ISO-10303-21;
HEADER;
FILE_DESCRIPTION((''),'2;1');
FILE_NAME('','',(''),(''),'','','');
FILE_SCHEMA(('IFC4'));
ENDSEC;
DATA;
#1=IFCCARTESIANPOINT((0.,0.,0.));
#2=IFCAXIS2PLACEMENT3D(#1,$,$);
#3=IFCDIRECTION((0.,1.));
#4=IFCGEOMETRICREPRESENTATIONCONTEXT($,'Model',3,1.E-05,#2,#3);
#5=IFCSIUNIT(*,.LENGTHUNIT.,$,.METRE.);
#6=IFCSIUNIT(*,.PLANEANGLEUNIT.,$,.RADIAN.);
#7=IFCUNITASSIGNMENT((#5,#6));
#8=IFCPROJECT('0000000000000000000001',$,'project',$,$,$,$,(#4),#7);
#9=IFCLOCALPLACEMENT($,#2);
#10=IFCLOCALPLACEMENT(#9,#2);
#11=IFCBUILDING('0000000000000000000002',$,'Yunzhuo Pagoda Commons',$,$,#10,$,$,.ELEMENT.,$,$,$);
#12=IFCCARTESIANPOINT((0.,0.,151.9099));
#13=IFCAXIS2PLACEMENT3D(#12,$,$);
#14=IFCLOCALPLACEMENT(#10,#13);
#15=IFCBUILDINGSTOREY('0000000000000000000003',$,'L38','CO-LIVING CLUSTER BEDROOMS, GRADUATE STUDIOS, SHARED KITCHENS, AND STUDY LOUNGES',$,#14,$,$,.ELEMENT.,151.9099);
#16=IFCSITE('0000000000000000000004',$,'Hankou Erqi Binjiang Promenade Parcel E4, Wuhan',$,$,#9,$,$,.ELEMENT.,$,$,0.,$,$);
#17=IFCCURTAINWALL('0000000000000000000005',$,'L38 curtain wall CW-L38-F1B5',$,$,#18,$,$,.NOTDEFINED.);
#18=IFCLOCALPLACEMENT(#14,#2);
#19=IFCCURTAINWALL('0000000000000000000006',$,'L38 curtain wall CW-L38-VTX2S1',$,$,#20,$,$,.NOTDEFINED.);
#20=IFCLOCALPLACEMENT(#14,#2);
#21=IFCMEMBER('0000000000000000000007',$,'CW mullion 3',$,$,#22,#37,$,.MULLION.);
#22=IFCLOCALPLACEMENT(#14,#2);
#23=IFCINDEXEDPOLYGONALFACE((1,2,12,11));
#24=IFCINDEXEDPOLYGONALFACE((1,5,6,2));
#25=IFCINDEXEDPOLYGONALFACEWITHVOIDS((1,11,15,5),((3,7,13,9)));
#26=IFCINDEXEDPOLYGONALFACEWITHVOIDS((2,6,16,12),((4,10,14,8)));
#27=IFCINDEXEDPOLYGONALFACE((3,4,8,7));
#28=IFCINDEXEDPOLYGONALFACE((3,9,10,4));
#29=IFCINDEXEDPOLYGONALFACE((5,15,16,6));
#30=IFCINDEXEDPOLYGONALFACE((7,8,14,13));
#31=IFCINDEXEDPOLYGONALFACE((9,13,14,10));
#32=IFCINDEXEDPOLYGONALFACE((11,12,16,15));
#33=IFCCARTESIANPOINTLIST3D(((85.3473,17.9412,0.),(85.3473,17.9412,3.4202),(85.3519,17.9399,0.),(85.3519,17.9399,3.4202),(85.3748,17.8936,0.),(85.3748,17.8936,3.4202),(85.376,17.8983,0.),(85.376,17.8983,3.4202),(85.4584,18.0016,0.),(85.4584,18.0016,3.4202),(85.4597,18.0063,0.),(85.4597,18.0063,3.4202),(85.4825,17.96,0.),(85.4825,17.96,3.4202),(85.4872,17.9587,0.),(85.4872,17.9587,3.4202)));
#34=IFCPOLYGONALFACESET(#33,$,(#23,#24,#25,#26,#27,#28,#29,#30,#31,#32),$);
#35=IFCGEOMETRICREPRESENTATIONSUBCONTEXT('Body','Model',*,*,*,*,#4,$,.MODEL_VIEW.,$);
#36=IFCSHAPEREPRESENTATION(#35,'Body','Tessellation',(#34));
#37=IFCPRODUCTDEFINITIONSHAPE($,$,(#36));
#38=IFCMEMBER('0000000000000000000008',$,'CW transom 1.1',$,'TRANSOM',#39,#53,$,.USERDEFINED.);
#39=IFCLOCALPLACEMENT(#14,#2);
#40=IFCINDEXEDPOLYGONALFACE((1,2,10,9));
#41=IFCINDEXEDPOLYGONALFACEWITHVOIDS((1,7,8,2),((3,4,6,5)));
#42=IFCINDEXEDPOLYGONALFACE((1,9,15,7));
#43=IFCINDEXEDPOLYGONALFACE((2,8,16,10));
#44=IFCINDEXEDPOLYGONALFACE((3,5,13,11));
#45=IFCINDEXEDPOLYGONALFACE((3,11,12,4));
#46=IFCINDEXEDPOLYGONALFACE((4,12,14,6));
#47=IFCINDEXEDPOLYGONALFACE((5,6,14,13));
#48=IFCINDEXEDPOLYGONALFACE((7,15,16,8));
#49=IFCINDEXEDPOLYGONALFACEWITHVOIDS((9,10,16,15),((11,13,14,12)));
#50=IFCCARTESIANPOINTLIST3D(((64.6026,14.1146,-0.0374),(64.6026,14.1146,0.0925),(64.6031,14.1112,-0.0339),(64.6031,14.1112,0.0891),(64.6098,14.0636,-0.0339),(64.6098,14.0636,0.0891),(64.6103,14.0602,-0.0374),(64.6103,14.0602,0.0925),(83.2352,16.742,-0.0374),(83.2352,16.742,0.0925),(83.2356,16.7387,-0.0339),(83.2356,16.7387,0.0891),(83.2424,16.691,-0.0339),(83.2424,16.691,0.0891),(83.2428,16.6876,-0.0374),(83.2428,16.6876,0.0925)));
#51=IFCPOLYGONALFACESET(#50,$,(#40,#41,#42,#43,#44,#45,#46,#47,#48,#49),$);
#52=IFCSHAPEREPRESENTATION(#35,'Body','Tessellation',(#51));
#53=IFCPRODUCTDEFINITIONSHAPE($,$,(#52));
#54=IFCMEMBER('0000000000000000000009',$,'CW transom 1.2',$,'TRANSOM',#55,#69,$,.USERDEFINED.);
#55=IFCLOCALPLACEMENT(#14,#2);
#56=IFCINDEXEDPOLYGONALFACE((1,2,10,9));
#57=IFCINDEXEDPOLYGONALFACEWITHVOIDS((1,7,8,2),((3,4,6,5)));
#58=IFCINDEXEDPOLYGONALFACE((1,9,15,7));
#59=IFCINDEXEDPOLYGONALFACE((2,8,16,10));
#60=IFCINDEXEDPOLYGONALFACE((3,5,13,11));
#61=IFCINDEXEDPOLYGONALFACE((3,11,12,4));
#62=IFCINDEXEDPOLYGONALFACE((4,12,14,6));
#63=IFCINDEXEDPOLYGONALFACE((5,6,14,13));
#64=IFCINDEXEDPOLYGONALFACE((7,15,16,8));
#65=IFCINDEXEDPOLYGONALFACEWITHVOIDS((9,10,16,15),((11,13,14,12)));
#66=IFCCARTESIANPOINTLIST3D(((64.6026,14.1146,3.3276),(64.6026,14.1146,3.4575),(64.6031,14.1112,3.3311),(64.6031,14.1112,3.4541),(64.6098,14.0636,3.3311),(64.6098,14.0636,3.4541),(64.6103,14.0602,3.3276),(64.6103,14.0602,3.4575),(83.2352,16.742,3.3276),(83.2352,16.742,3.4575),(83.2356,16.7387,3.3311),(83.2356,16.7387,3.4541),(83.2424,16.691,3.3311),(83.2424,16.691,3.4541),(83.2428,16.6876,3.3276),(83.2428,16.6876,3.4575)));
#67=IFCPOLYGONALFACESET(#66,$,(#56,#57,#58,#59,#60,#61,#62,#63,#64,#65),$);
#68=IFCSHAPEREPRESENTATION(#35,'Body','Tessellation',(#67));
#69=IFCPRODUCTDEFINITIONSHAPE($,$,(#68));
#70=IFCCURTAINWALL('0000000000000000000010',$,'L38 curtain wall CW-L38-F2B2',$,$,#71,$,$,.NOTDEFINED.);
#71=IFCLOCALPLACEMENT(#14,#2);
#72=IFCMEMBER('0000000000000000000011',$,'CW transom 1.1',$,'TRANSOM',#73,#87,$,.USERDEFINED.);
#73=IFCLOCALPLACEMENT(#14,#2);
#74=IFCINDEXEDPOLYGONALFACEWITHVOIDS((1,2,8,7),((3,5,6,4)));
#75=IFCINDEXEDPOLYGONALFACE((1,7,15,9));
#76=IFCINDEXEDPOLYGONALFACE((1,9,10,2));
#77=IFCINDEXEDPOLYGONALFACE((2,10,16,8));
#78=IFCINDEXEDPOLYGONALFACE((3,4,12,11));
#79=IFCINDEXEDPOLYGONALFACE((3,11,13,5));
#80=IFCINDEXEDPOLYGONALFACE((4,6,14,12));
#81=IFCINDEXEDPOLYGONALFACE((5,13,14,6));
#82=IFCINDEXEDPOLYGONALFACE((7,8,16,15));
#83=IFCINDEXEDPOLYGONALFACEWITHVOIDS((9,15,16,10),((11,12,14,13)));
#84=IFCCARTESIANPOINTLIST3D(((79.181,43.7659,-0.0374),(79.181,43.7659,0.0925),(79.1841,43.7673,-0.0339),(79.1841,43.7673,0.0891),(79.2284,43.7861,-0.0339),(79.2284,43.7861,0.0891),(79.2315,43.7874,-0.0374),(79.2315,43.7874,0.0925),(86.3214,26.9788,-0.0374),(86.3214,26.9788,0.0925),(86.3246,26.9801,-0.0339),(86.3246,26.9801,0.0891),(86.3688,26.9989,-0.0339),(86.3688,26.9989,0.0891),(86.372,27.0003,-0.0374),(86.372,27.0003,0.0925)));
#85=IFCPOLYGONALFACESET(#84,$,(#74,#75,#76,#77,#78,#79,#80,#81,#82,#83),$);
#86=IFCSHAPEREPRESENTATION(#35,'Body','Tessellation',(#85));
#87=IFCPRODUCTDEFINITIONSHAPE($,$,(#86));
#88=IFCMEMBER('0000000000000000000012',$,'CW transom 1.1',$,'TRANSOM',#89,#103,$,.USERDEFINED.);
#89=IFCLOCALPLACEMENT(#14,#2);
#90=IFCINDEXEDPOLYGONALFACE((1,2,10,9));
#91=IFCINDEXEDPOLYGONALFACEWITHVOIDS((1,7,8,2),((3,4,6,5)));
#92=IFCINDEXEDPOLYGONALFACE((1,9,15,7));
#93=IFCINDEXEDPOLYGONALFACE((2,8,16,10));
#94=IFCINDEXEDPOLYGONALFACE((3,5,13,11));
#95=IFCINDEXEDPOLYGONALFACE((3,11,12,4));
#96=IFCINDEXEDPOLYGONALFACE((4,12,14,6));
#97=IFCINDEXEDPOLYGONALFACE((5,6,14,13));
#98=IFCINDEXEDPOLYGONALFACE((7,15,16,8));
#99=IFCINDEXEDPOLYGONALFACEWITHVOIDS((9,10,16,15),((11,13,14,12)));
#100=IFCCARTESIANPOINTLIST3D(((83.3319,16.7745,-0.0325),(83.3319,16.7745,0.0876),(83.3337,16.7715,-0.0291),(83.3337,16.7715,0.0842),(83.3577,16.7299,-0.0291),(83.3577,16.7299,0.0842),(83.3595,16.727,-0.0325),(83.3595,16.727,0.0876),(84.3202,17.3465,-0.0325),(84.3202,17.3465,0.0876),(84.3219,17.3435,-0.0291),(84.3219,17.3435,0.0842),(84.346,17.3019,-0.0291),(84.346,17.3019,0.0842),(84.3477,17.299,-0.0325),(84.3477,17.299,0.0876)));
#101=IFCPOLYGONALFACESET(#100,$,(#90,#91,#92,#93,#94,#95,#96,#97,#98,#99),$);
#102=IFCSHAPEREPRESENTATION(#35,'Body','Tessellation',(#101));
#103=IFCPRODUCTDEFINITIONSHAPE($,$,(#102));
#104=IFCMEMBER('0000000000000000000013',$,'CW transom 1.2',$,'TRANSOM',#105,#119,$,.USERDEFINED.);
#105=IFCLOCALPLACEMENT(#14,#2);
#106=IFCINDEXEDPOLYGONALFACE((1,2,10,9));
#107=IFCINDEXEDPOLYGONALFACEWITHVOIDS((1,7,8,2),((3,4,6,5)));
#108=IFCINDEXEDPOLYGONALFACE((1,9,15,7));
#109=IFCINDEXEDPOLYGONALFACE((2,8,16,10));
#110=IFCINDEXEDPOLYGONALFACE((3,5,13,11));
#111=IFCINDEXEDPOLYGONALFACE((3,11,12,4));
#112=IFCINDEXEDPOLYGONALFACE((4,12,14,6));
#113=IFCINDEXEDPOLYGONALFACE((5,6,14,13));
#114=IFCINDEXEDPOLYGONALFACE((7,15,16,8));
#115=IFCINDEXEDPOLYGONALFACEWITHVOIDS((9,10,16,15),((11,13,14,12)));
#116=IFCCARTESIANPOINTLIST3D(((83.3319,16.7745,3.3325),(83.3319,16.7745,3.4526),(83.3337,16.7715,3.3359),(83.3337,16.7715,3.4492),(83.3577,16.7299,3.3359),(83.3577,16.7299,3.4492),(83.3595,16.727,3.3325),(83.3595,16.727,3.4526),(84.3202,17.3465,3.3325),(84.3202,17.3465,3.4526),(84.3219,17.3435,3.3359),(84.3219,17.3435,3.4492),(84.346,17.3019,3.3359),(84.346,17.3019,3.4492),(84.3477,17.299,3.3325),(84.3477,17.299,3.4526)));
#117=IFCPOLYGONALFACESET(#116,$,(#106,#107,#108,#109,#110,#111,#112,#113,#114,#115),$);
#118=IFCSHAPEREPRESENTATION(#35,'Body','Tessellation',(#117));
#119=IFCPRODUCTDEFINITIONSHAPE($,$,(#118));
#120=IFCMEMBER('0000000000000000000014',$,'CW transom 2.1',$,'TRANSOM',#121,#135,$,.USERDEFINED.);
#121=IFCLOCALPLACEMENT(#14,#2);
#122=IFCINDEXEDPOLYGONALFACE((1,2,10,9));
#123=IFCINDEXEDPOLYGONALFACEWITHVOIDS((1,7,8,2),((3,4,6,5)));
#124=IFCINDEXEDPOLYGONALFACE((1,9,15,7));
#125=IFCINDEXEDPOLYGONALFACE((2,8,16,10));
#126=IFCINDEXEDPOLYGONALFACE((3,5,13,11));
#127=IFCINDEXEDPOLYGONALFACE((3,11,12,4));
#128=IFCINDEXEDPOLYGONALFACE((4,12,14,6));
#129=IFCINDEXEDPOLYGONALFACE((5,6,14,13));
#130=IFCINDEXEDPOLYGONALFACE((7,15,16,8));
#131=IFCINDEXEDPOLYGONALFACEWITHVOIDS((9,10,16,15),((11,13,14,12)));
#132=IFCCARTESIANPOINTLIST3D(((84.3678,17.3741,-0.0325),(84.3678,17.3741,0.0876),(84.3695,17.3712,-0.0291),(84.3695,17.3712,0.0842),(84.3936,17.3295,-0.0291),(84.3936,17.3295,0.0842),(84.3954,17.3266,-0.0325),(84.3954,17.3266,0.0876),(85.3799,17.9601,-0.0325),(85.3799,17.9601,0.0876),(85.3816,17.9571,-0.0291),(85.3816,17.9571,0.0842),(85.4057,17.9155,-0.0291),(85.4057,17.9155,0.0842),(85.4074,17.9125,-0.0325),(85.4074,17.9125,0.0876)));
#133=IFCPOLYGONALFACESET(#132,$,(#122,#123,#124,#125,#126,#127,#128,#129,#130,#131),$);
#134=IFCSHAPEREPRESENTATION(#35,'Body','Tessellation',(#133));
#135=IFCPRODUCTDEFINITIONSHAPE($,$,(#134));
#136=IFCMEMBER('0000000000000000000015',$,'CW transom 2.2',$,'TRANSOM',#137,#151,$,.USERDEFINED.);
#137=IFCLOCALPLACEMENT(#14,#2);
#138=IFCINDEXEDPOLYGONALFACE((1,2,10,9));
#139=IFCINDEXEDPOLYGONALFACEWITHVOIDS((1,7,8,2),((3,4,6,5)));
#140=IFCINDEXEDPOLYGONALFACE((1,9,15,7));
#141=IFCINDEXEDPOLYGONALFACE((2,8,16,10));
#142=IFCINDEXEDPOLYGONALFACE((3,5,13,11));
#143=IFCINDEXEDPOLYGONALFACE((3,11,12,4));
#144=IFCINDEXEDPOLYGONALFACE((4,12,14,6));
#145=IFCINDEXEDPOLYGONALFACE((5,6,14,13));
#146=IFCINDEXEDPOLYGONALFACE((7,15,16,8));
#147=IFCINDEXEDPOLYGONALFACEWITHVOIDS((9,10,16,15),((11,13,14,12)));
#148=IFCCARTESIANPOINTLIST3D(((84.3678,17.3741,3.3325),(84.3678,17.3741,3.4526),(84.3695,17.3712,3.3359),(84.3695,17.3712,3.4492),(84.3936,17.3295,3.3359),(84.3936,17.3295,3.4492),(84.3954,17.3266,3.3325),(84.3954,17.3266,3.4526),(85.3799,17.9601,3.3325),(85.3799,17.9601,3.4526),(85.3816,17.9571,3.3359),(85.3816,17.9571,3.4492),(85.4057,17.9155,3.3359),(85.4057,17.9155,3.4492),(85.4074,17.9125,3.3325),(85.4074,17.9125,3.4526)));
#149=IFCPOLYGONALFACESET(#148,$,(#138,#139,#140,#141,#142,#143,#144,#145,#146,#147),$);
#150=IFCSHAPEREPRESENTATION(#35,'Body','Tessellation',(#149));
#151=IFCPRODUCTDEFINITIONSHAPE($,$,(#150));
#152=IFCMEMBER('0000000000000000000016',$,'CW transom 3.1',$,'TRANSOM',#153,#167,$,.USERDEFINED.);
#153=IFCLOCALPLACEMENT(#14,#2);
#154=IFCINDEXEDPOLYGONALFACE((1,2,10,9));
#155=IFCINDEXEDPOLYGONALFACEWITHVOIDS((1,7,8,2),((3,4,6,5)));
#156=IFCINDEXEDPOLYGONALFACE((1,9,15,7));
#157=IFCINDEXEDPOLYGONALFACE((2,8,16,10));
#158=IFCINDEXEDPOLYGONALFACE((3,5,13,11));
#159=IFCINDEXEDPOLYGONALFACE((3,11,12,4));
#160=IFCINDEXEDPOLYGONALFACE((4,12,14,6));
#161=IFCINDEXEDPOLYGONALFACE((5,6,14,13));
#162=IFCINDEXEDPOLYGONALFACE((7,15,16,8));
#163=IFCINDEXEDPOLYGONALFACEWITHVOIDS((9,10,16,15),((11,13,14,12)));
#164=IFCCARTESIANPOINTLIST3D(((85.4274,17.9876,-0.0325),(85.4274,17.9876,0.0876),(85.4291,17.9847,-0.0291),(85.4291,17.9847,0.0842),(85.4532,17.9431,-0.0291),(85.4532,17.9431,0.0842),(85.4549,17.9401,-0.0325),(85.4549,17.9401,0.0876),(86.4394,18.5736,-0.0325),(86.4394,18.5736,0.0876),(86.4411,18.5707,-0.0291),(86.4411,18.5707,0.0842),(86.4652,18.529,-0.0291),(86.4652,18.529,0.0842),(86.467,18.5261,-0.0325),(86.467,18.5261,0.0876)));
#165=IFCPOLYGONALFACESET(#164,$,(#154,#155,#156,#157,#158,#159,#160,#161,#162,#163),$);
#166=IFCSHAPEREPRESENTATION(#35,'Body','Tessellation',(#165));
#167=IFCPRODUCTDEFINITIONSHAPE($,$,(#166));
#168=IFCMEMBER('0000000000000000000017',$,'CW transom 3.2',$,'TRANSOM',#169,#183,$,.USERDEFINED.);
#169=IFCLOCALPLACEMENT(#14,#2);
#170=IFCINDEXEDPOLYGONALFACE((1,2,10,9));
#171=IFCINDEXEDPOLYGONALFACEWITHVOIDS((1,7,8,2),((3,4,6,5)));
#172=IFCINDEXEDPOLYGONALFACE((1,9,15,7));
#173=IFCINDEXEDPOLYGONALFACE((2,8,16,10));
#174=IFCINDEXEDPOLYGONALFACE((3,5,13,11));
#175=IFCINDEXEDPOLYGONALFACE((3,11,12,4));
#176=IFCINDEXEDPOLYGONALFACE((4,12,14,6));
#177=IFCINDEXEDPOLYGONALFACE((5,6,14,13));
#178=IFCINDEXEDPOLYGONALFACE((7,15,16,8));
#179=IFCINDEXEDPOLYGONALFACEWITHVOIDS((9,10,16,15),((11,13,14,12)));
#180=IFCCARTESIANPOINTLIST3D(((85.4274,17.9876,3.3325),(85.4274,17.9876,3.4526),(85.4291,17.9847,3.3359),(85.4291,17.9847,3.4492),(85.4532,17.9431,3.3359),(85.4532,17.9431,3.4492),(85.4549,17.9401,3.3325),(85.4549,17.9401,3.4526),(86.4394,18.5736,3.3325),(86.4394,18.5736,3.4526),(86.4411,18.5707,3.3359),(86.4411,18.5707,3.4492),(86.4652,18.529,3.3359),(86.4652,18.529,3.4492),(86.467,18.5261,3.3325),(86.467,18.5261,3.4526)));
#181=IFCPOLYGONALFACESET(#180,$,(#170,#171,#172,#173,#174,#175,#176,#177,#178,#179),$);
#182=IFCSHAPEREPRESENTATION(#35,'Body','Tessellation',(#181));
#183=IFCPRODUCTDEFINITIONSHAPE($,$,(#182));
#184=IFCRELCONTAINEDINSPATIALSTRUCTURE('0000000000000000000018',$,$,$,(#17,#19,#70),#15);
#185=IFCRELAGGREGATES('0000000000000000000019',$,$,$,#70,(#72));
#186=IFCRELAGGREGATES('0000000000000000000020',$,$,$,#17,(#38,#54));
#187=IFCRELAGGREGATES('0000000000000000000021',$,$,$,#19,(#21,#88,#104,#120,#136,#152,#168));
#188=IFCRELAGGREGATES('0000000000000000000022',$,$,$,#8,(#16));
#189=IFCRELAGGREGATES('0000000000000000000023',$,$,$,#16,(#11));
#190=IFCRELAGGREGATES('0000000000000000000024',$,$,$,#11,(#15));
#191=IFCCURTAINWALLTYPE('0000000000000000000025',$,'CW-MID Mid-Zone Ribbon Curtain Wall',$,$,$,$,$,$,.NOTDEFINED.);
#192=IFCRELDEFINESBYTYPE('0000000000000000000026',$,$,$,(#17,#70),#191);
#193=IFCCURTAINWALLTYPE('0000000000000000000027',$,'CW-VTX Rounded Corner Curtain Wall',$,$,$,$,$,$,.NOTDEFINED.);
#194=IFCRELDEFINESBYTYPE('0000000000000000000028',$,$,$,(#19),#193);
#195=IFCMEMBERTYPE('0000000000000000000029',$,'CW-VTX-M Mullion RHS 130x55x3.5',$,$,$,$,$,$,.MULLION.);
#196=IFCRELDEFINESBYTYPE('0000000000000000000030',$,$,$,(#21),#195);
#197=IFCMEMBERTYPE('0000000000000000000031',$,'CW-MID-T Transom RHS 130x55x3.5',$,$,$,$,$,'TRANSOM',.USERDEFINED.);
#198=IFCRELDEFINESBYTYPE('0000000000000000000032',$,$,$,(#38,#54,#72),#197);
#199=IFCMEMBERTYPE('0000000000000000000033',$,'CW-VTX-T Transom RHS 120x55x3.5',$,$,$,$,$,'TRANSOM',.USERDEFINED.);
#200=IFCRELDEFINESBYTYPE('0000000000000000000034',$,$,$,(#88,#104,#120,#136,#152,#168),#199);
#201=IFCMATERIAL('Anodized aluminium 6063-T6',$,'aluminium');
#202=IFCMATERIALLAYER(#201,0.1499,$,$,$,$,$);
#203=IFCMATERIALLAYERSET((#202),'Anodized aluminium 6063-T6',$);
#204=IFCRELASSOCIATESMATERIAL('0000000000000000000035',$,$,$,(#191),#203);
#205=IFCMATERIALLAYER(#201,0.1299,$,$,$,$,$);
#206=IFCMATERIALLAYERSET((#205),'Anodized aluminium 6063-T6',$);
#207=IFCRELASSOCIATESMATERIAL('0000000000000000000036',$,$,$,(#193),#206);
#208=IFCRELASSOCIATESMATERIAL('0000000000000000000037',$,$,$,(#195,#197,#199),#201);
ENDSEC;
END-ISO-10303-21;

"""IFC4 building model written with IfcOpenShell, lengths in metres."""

from ifc_helpers import new_model, si_unit, direction, frame, origin, origin_2d, place, context, subcontext, project, spatial, hollow_rectangle, extrude, source, transform, mapped, material, layer, layer_set, material_profile, profile_set, type_object, element, aggregate, save


model = new_model("IFC4")

# Units and contexts
model_context = context("Model", 3, precision=1e-05, world=origin(), true_north=direction((0.0, 1.0)))
body_context = subcontext(model_context, "Body", "Model", "MODEL_VIEW")
ifc_project = project(units=[si_unit("LENGTHUNIT", "METRE"), si_unit("PLANEANGLEUNIT", "RADIAN")], contexts=[model_context])

# Site, building, storey
site_placement = place(None, origin())
site = spatial("IfcSite", under=ifc_project, at=site_placement, Name="Hankou Erqi Binjiang Promenade Parcel E4, Wuhan", CompositionType="ELEMENT", RefElevation=0.0)
building_placement = place(site_placement, origin())
building = spatial("IfcBuilding", under=site, at=building_placement, Name="Yunzhuo Pagoda Commons", CompositionType="ELEMENT")
storey_placement = place(building_placement, frame((0.0, 0.0, 151.9099)))
storey = spatial("IfcBuildingStorey", under=building, at=storey_placement, Name="L38", Description="CO-LIVING CLUSTER BEDROOMS, GRADUATE STUDIOS, SHARED KITCHENS, AND STUDY LOUNGES", CompositionType="ELEMENT", Elevation=151.9099)

# Curtain walls, member
ifc_material_1 = material(Name="Anodized aluminium 6063-T6", Category="aluminium")
ifc_layer_1 = layer(ifc_material_1, 0.1499)
ifc_layer_set_1 = layer_set([ifc_layer_1], Name="Anodized aluminium 6063-T6")
curtain_wall_type_1 = type_object("IfcCurtainWallType", Name="CW-MID Mid-Zone Ribbon Curtain Wall", PredefinedType="NOTDEFINED", material=ifc_layer_set_1)
curtain_wall_1_placement = place(storey_placement, origin())
curtain_wall_1 = element("IfcCurtainWall", 1, at=curtain_wall_1_placement, inside=storey, type_object=curtain_wall_type_1, Name="L38 curtain wall CW-L38-F1B5", PredefinedType="NOTDEFINED")
ifc_layer_2 = layer(ifc_material_1, 0.1299)
ifc_layer_set_2 = layer_set([ifc_layer_2], Name="Anodized aluminium 6063-T6")
curtain_wall_type_2 = type_object("IfcCurtainWallType", Name="CW-VTX Rounded Corner Curtain Wall", PredefinedType="NOTDEFINED", material=ifc_layer_set_2)
curtain_wall_2_placement = place(storey_placement, origin())
curtain_wall_2 = element("IfcCurtainWall", 2, at=curtain_wall_2_placement, inside=storey, type_object=curtain_wall_type_2, Name="L38 curtain wall CW-L38-VTX2S1", PredefinedType="NOTDEFINED")
ifc_material_profile_1 = material_profile(ifc_material_1, hollow_rectangle(XDim=0.0549, YDim=0.1299, WallThickness=0.0034, at=origin_2d()), Name="Anodized aluminium 6063-T6")
ifc_profile_set_1 = profile_set([ifc_material_profile_1], Name="Anodized aluminium 6063-T6")
member_type_1 = type_object("IfcMemberType", Name="CW-VTX-M Mullion RHS 130x55x3.5", PredefinedType="MULLION", material=ifc_profile_set_1)
shared_shape_1 = source(origin(), body_context, "Body", "SweptSolid", [
    extrude(hollow_rectangle(XDim=0.0549, YDim=0.1299, WallThickness=0.0034, at=origin_2d()), origin(), (0.0, 0.0, 1.0), 3.4202),
])
member_1_placement = place(storey_placement, frame((85.4172, 17.95, 0.0), z_axis=(0.0, 0.0, 1.0), x_axis=(-0.501035, 0.865427, 0.0)))
member_1 = element("IfcMember", 3, at=member_1_placement, type_object=member_type_1, Name="CW mullion 3", PredefinedType="MULLION", context=body_context, shape_type="MappedRepresentation", body=[
    mapped(shared_shape_1, transform((0.0, 0.0, 0.0), scale=1.0)),
])

# Members
ifc_material_profile_2 = material_profile(ifc_material_1, hollow_rectangle(XDim=0.0549, YDim=0.1299, WallThickness=0.0034, at=origin_2d()), Name="Anodized aluminium 6063-T6")
ifc_profile_set_2 = profile_set([ifc_material_profile_2], Name="Anodized aluminium 6063-T6")
member_type_2 = type_object("IfcMemberType", Name="CW-MID-T Transom RHS 130x55x3.5", ElementType="TRANSOM", PredefinedType="USERDEFINED", material=ifc_profile_set_2)
shared_shape_2 = source(origin(), body_context, "Body", "SweptSolid", [
    extrude(hollow_rectangle(XDim=0.0549, YDim=0.1299, WallThickness=0.0034, at=origin_2d()), origin(), (0.0, 0.0, 1.0), 18.8169),
])
member_2_placement = place(storey_placement, frame((64.6064, 14.0874, 0.0276), z_axis=(0.990203, 0.139632, 0.0), x_axis=(-0.139632, 0.990203, 0.0)))
member_2 = element("IfcMember", 4, at=member_2_placement, type_object=member_type_2, Name="CW transom 1.1", ObjectType="TRANSOM", PredefinedType="USERDEFINED", context=body_context, shape_type="MappedRepresentation", body=[
    mapped(shared_shape_2, transform((0.0, 0.0, 0.0), scale=1.0)),
])
member_3_placement = place(storey_placement, frame((64.6064, 14.0874, 3.3926), z_axis=(0.990203, 0.139632, 0.0), x_axis=(-0.139632, 0.990203, 0.0)))
member_3 = element("IfcMember", 5, at=member_3_placement, type_object=member_type_2, Name="CW transom 1.2", ObjectType="TRANSOM", PredefinedType="USERDEFINED", context=body_context, shape_type="MappedRepresentation", body=[
    mapped(shared_shape_2, transform((0.0, 0.0, 0.0), scale=1.0)),
])

# Curtain wall, member
curtain_wall_3_placement = place(storey_placement, origin())
curtain_wall_3 = element("IfcCurtainWall", 6, at=curtain_wall_3_placement, inside=storey, type_object=curtain_wall_type_1, Name="L38 curtain wall CW-L38-F2B2", PredefinedType="NOTDEFINED")
shared_shape_3 = source(origin(), body_context, "Body", "SweptSolid", [
    extrude(hollow_rectangle(XDim=0.0549, YDim=0.1299, WallThickness=0.0034, at=origin_2d()), origin(), (0.0, 0.0, 1.0), 18.2427),
])
member_4_placement = place(storey_placement, frame((86.3467, 26.9895, 0.0276), z_axis=(-0.391413, 0.920215, 0.0), x_axis=(-0.920215, -0.391413, 0.0)))
member_4 = element("IfcMember", 7, at=member_4_placement, type_object=member_type_2, Name="CW transom 1.1", ObjectType="TRANSOM", PredefinedType="USERDEFINED", context=body_context, shape_type="MappedRepresentation", body=[
    mapped(shared_shape_3, transform((0.0, 0.0, 0.0), scale=1.0)),
])

# Members
ifc_material_profile_3 = material_profile(ifc_material_1, hollow_rectangle(XDim=0.0549, YDim=0.1201, WallThickness=0.0034, at=origin_2d()), Name="Anodized aluminium 6063-T6")
ifc_profile_set_3 = profile_set([ifc_material_profile_3], Name="Anodized aluminium 6063-T6")
member_type_3 = type_object("IfcMemberType", Name="CW-VTX-T Transom RHS 120x55x3.5", ElementType="TRANSOM", PredefinedType="USERDEFINED", material=ifc_profile_set_3)
shared_shape_4 = source(origin(), body_context, "Body", "SweptSolid", [
    extrude(hollow_rectangle(XDim=0.0549, YDim=0.1201, WallThickness=0.0034, at=origin_2d()), origin(), (0.0, 0.0, 1.0), 1.1418),
])
member_5_placement = place(storey_placement, frame((83.3457, 16.7507, 0.0276), z_axis=(0.86548, 0.500944, 0.0), x_axis=(-0.500944, 0.86548, 0.0)))
member_5 = element("IfcMember", 8, at=member_5_placement, type_object=member_type_3, Name="CW transom 1.1", ObjectType="TRANSOM", PredefinedType="USERDEFINED", context=body_context, shape_type="MappedRepresentation", body=[
    mapped(shared_shape_4, transform((0.0, 0.0, 0.0), scale=1.0)),
])
member_6_placement = place(storey_placement, frame((83.3457, 16.7507, 3.3926), z_axis=(0.86548, 0.500944, 0.0), x_axis=(-0.500944, 0.86548, 0.0)))
member_6 = element("IfcMember", 9, at=member_6_placement, type_object=member_type_3, Name="CW transom 1.2", ObjectType="TRANSOM", PredefinedType="USERDEFINED", context=body_context, shape_type="MappedRepresentation", body=[
    mapped(shared_shape_4, transform((0.0, 0.0, 0.0), scale=1.0)),
])
shared_shape_5 = source(origin(), body_context, "Body", "SweptSolid", [
    extrude(hollow_rectangle(XDim=0.0549, YDim=0.1201, WallThickness=0.0034, at=origin_2d()), origin(), (0.0, 0.0, 1.0), 1.1694),
])
member_7_placement = place(storey_placement, frame((84.3816, 17.3503, 0.0276), z_axis=(0.865402, 0.501077, 0.0), x_axis=(-0.501077, 0.865402, 0.0)))
member_7 = element("IfcMember", 10, at=member_7_placement, type_object=member_type_3, Name="CW transom 2.1", ObjectType="TRANSOM", PredefinedType="USERDEFINED", context=body_context, shape_type="MappedRepresentation", body=[
    mapped(shared_shape_5, transform((0.0, 0.0, 0.0), scale=1.0)),
])
member_8_placement = place(storey_placement, frame((84.3816, 17.3503, 3.3926), z_axis=(0.865402, 0.501077, 0.0), x_axis=(-0.501077, 0.865402, 0.0)))
member_8 = element("IfcMember", 11, at=member_8_placement, type_object=member_type_3, Name="CW transom 2.2", ObjectType="TRANSOM", PredefinedType="USERDEFINED", context=body_context, shape_type="MappedRepresentation", body=[
    mapped(shared_shape_5, transform((0.0, 0.0, 0.0), scale=1.0)),
])
member_9_placement = place(storey_placement, frame((85.4412, 17.9639, 0.0276), z_axis=(0.865402, 0.501077, 0.0), x_axis=(-0.501077, 0.865402, 0.0)))
member_9 = element("IfcMember", 12, at=member_9_placement, type_object=member_type_3, Name="CW transom 3.1", ObjectType="TRANSOM", PredefinedType="USERDEFINED", context=body_context, shape_type="MappedRepresentation", body=[
    mapped(shared_shape_5, transform((0.0, 0.0, 0.0), scale=1.0)),
])
member_10_placement = place(storey_placement, frame((85.4412, 17.9639, 3.3926), z_axis=(0.865402, 0.501077, 0.0), x_axis=(-0.501077, 0.865402, 0.0)))
member_10 = element("IfcMember", 13, at=member_10_placement, type_object=member_type_3, Name="CW transom 3.2", ObjectType="TRANSOM", PredefinedType="USERDEFINED", context=body_context, shape_type="MappedRepresentation", body=[
    mapped(shared_shape_5, transform((0.0, 0.0, 0.0), scale=1.0)),
])

aggregate(curtain_wall_3, [member_4])
aggregate(curtain_wall_1, [member_2, member_3])
aggregate(curtain_wall_2, [member_1, member_5, member_6, member_7, member_8, member_9, member_10])

save(model, "model.ifc")
